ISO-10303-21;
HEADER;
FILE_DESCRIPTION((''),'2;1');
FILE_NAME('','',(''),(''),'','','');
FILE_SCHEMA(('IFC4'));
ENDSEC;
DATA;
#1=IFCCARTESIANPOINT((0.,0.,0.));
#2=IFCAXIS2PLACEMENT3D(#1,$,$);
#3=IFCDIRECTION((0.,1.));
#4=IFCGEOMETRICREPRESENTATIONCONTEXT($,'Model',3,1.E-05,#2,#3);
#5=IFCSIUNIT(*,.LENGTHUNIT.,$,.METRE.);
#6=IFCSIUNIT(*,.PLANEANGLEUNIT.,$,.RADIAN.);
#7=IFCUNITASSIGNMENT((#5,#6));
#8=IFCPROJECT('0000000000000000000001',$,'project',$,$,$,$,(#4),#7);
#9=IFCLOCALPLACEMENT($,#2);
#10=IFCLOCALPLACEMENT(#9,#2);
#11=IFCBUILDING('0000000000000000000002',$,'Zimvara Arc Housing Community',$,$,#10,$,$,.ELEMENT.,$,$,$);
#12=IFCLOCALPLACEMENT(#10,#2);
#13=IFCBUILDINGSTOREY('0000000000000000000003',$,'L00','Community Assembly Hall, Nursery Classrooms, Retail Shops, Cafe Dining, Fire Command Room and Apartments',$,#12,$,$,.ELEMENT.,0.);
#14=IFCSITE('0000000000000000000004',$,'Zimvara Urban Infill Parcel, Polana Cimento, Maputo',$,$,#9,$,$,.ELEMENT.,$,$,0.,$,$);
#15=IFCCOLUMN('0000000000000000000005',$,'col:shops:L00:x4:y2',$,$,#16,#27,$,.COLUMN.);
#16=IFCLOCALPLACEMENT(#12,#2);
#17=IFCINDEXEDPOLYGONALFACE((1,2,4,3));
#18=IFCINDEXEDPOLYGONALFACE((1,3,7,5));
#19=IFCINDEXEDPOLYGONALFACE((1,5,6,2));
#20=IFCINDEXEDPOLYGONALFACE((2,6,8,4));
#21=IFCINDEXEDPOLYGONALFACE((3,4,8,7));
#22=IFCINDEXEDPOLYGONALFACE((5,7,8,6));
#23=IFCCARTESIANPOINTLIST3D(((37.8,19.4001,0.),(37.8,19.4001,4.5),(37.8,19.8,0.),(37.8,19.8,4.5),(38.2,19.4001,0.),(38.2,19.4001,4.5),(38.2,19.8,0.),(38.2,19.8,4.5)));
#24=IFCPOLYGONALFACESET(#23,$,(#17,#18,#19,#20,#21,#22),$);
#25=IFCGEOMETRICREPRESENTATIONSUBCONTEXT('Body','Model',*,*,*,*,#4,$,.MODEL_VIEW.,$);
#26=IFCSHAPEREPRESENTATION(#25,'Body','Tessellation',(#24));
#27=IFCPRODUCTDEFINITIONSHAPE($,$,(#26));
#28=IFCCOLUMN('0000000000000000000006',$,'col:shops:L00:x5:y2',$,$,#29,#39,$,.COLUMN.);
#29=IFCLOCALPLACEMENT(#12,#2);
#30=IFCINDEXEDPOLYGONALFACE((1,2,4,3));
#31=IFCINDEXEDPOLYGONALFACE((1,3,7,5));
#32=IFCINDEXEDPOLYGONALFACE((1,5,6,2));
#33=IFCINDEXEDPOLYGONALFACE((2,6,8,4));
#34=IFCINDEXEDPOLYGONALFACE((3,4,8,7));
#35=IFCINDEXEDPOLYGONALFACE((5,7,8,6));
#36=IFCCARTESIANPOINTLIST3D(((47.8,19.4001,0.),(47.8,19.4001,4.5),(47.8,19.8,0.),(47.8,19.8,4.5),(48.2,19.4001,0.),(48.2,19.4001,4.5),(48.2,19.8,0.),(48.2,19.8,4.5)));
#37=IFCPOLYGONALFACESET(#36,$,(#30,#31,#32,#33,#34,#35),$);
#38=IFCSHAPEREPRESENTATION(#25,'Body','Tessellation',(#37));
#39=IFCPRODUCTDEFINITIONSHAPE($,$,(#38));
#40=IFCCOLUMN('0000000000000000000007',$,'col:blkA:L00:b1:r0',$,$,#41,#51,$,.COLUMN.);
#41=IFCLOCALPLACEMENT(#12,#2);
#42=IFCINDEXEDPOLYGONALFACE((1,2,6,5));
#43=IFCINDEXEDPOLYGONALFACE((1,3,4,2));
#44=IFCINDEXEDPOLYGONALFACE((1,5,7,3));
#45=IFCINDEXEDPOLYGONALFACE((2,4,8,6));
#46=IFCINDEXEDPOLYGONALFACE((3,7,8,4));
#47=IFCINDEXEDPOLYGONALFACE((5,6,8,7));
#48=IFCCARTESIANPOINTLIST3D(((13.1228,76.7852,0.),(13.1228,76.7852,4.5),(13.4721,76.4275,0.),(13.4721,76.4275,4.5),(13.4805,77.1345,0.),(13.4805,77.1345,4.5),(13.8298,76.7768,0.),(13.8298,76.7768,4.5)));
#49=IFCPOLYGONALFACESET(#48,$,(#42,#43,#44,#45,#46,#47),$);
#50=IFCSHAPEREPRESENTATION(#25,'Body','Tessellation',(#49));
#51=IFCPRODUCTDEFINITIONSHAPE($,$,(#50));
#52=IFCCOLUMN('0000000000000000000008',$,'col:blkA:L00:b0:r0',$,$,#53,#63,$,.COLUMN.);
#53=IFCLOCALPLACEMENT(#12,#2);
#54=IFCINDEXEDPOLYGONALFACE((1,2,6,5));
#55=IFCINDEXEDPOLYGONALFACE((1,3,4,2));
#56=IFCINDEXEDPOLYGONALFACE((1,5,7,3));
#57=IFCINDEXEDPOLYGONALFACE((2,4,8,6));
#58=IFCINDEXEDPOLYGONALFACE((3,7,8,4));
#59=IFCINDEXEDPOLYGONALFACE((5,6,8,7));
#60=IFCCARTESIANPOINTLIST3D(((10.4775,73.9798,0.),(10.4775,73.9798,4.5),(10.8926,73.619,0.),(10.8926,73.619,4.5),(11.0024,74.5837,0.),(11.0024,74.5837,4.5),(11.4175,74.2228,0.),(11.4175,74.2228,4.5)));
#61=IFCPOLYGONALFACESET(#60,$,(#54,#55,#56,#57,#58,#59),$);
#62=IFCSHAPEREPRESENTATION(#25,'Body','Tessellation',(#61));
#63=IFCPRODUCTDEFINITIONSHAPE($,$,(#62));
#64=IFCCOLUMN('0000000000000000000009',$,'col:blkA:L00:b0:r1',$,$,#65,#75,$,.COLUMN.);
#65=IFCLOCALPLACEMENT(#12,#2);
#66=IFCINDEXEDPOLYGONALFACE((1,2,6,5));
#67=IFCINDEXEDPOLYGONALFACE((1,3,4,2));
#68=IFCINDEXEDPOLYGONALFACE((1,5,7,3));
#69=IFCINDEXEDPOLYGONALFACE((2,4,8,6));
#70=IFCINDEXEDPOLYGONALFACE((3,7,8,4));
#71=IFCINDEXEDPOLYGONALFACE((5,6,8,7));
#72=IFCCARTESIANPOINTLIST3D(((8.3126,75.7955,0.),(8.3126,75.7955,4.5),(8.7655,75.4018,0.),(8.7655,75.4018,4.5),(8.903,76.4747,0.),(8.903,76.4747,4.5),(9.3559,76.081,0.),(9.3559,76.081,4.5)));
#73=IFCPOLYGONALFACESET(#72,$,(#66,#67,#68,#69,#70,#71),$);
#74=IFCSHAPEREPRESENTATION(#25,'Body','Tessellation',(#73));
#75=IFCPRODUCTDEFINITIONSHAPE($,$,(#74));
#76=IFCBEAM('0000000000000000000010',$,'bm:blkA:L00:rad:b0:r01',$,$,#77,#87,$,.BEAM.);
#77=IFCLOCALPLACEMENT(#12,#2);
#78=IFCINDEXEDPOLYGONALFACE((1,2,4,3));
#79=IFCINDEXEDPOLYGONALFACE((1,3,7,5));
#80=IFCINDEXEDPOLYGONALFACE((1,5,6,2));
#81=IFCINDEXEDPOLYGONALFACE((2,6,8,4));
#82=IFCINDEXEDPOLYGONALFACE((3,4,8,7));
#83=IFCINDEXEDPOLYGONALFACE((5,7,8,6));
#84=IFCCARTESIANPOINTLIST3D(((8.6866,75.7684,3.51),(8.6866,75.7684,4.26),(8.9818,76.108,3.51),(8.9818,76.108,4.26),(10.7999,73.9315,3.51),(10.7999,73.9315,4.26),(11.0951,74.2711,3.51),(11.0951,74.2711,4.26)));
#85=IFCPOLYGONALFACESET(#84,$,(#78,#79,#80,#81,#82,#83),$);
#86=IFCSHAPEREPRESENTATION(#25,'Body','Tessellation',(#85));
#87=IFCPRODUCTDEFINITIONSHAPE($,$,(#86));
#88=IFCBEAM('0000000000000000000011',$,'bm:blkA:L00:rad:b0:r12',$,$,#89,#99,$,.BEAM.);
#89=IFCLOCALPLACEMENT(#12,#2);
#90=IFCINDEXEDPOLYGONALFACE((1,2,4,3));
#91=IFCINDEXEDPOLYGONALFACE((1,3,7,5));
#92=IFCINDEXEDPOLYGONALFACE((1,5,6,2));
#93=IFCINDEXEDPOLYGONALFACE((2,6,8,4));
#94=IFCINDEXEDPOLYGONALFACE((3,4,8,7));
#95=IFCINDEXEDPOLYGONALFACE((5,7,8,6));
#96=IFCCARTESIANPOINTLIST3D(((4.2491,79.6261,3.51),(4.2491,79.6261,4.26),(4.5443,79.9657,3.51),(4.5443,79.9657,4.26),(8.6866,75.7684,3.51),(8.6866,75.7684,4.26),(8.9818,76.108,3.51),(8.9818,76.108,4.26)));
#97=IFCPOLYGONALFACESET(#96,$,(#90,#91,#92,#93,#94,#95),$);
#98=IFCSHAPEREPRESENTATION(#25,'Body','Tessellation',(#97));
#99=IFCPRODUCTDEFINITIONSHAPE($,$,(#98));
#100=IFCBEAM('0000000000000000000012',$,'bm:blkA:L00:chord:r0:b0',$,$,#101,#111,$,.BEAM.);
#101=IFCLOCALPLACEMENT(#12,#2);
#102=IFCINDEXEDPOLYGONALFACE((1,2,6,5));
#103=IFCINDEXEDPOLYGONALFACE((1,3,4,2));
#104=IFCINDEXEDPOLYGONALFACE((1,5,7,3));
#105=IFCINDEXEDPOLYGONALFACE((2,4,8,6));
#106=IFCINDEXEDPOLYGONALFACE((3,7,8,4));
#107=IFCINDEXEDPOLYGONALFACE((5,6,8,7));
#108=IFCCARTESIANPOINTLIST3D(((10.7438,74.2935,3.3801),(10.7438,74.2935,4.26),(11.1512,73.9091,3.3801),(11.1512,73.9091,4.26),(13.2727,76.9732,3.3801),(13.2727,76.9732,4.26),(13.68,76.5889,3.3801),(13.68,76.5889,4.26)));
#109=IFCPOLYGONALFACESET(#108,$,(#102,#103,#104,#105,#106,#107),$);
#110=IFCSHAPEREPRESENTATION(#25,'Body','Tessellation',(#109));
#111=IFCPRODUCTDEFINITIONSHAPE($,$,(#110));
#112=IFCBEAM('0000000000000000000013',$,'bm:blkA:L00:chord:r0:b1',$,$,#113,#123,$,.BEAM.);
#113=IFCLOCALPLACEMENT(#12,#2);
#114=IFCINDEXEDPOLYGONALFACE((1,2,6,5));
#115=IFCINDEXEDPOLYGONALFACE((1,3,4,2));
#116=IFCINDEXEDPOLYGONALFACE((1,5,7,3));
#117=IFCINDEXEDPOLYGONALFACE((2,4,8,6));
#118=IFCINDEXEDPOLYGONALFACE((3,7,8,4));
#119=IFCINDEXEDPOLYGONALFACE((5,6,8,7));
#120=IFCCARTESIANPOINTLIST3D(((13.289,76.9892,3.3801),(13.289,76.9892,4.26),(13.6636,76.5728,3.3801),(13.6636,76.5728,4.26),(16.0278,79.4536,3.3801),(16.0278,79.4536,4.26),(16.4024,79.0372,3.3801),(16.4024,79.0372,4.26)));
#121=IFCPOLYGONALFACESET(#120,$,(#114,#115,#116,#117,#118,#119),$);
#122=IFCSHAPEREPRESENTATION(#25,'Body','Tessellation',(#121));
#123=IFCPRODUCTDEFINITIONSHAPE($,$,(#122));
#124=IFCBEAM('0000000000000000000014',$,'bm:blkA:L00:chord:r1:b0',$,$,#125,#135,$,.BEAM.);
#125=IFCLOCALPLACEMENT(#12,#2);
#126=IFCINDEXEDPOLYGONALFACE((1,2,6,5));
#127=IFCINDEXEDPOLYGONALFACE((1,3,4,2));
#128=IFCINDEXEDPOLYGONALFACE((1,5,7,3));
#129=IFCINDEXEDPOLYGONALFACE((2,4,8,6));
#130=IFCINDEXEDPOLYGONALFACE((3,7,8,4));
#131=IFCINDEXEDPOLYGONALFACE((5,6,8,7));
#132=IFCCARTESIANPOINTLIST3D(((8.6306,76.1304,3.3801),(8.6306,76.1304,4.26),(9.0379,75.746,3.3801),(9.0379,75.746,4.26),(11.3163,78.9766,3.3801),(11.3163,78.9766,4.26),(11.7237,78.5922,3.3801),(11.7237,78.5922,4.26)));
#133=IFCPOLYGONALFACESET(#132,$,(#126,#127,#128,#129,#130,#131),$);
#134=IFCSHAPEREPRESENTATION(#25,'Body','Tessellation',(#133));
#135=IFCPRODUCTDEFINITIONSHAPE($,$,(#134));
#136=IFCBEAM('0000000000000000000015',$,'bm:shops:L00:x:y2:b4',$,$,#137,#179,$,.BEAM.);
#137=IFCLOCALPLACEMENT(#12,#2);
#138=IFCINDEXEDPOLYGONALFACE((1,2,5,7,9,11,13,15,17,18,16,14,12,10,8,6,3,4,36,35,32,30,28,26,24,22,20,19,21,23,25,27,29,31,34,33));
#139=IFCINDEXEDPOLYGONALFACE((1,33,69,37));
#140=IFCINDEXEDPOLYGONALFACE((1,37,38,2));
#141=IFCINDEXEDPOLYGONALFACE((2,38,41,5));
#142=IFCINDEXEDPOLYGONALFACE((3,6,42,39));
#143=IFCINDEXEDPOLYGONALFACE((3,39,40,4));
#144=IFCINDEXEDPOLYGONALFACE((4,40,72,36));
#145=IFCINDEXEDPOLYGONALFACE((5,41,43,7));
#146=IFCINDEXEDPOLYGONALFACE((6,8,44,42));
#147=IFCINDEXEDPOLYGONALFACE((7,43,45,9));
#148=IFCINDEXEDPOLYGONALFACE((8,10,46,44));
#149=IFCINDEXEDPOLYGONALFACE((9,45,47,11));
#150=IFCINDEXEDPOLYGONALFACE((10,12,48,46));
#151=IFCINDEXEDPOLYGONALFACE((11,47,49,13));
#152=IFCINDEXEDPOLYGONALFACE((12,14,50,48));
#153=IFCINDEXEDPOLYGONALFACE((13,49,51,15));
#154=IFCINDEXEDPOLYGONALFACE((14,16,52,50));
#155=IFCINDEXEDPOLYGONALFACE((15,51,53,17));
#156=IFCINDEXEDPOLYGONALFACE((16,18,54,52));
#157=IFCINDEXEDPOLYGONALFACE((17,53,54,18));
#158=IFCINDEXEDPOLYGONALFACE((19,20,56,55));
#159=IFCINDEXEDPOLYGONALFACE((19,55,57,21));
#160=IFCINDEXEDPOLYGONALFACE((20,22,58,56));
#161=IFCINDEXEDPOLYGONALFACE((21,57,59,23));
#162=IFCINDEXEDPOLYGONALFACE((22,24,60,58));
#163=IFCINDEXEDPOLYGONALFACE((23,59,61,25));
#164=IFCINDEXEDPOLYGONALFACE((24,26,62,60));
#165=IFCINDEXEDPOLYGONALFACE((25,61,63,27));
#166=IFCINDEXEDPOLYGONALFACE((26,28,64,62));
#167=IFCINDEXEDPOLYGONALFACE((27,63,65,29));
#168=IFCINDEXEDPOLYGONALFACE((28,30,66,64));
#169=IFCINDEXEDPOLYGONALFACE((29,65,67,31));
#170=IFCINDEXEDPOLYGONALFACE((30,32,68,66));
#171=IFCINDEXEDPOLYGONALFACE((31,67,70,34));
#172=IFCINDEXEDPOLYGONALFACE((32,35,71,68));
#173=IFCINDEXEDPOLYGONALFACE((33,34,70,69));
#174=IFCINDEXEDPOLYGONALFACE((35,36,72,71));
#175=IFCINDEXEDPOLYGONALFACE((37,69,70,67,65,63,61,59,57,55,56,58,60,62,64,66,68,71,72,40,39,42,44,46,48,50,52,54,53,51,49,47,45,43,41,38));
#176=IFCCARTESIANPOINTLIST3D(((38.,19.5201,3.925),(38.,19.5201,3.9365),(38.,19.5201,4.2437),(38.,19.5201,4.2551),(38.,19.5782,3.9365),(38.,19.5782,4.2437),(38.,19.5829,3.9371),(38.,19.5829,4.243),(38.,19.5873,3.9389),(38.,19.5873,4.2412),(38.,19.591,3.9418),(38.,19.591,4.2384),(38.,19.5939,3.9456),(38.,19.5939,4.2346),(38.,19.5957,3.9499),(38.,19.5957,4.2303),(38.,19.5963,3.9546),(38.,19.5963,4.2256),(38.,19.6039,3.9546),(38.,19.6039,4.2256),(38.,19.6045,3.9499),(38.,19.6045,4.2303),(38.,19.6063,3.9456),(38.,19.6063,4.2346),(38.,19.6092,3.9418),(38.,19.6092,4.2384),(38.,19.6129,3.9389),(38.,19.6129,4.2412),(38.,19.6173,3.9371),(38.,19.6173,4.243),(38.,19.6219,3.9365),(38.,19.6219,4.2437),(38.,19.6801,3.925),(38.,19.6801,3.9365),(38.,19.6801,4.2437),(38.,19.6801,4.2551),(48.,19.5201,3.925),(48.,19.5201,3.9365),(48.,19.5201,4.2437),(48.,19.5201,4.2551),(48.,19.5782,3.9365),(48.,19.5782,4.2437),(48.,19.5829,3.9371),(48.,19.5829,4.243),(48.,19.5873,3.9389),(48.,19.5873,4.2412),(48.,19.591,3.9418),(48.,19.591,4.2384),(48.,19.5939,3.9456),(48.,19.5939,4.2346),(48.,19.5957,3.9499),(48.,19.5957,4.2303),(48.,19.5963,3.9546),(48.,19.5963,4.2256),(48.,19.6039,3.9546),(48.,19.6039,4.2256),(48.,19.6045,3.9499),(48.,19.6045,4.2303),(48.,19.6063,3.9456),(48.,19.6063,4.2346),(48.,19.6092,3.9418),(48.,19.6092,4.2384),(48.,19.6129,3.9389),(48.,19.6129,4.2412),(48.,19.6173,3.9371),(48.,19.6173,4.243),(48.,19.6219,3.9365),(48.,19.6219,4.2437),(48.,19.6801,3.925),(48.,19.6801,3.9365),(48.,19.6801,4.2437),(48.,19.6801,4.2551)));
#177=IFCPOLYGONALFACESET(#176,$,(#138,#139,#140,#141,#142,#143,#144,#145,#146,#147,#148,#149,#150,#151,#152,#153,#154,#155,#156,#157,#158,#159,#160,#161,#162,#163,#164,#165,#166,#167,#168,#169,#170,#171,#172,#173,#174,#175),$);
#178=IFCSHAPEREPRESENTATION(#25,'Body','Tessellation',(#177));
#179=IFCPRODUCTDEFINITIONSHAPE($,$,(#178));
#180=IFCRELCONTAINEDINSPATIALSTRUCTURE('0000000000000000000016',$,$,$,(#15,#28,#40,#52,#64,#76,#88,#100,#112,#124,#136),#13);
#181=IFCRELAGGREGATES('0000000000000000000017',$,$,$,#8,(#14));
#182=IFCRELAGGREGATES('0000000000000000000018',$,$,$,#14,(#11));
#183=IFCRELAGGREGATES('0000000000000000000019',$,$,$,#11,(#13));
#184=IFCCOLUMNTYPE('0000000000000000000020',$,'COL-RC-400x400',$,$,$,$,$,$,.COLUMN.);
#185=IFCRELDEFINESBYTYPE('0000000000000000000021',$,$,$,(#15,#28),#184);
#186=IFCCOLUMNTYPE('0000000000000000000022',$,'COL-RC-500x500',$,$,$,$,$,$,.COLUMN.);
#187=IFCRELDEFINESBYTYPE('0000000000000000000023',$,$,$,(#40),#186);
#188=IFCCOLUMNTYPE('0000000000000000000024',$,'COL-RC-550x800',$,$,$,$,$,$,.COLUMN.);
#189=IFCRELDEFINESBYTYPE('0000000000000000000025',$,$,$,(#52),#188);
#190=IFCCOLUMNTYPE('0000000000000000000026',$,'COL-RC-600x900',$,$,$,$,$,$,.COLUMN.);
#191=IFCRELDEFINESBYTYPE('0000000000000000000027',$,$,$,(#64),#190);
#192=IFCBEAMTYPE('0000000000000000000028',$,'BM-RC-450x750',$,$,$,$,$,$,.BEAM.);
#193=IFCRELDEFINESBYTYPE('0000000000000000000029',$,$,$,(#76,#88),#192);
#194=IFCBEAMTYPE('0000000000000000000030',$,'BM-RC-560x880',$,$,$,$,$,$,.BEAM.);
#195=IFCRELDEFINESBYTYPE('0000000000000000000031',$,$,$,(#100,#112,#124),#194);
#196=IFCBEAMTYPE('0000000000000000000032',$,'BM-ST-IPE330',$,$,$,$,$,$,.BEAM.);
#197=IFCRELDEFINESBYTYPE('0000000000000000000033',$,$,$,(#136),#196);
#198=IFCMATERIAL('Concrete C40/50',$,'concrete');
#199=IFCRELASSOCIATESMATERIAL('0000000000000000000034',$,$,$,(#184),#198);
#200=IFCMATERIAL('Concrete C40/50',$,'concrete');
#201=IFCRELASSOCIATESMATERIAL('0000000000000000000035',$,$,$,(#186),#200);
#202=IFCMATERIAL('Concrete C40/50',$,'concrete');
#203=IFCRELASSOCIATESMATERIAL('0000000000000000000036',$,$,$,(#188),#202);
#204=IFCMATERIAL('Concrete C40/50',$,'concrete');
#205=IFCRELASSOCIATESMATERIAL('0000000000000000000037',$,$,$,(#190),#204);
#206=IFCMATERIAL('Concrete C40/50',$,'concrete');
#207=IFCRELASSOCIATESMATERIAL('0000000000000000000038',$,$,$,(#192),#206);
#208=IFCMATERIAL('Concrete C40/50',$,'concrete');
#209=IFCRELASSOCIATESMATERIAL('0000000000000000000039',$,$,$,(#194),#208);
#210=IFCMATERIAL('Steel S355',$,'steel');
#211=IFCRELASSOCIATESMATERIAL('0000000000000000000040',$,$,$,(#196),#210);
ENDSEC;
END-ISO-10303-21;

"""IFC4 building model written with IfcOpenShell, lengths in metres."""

from ifc_helpers import new_model, si_unit, direction, frame, origin, origin_2d, place, context, subcontext, project, spatial, rectangle, i_section, extrude, material, material_profile, profile_set, type_object, element, save


model = new_model("IFC4")

# Units and contexts
model_context = context("Model", 3, precision=1e-05, world=origin(), true_north=direction((0.0, 1.0)))
body_context = subcontext(model_context, "Body", "Model", "MODEL_VIEW")
ifc_project = project(units=[si_unit("LENGTHUNIT", "METRE"), si_unit("PLANEANGLEUNIT", "RADIAN")], contexts=[model_context])

# Site, building, storey
site_placement = place(None, origin())
site = spatial("IfcSite", under=ifc_project, at=site_placement, Name="Zimvara Urban Infill Parcel, Polana Cimento, Maputo", CompositionType="ELEMENT", RefElevation=0.0)
building_placement = place(site_placement, origin())
building = spatial("IfcBuilding", under=site, at=building_placement, Name="Zimvara Arc Housing Community", CompositionType="ELEMENT")
storey_placement = place(building_placement, origin())
storey = spatial("IfcBuildingStorey", under=building, at=storey_placement, Name="L00", Description="Community Assembly Hall, Nursery Classrooms, Retail Shops, Cafe Dining, Fire Command Room and Apartments", CompositionType="ELEMENT", Elevation=0.0)

# Columns
ifc_material_1 = material(Name="Concrete C40/50", Category="concrete")
ifc_material_profile_1 = material_profile(ifc_material_1, rectangle(XDim=0.3999, YDim=0.3999, at=origin_2d()), Name="RC 400x400")
ifc_profile_set_1 = profile_set([ifc_material_profile_1], Name="Concrete C40/50")
column_type_1 = type_object("IfcColumnType", Name="COL-RC-400x400", PredefinedType="COLUMN", material=ifc_profile_set_1)
for number, where, z_axis, x_axis, name in (
    (1, (38.0, 19.6001, 0.0), (0.0, 0.0, 1.0), (1.0, 0.0, 0.0), "col:shops:L00:x4:y2"),
    (2, (48.0, 19.6001, 0.0), (0.0, 0.0, 1.0), (1.0, 0.0, 0.0), "col:shops:L00:x5:y2"),
):
    element("IfcColumn", number, at=place(storey_placement, frame(where, z_axis=z_axis, x_axis=x_axis)), inside=storey, type_object=column_type_1, Name=name, PredefinedType="COLUMN", context=body_context, shape_type="SweptSolid", body=[
        extrude(rectangle(XDim=0.3999, YDim=0.3999, at=origin_2d()), origin(), (0.0, 0.0, 1.0), 4.5),
    ])
ifc_material_2 = material(Name="Concrete C40/50", Category="concrete")
ifc_material_profile_2 = material_profile(ifc_material_2, rectangle(XDim=0.5, YDim=0.5, at=origin_2d()), Name="RC 500x500")
ifc_profile_set_2 = profile_set([ifc_material_profile_2], Name="Concrete C40/50")
column_type_2 = type_object("IfcColumnType", Name="COL-RC-500x500", PredefinedType="COLUMN", material=ifc_profile_set_2)
column_1_placement = place(storey_placement, frame((13.4763, 76.781, 0.0), z_axis=(0.0, 0.0, 1.0), x_axis=(-0.698665, 0.715449, 0.0)))
element("IfcColumn", 3, at=column_1_placement, inside=storey, type_object=column_type_2, Name="col:blkA:L00:b1:r0", PredefinedType="COLUMN", context=body_context, shape_type="SweptSolid", body=[
    extrude(rectangle(XDim=0.5, YDim=0.5, at=origin_2d()), origin(), (0.0, 0.0, 1.0), 4.5),
])
ifc_material_3 = material(Name="Concrete C40/50", Category="concrete")
ifc_material_profile_3 = material_profile(ifc_material_3, rectangle(XDim=0.55, YDim=0.8, at=origin_2d()), Name="RC 550x800")
ifc_profile_set_3 = profile_set([ifc_material_profile_3], Name="Concrete C40/50")
column_type_3 = type_object("IfcColumnType", Name="COL-RC-550x800", PredefinedType="COLUMN", material=ifc_profile_set_3)
column_2_placement = place(storey_placement, frame((10.9475, 74.1013, 0.0), z_axis=(0.0, 0.0, 1.0), x_axis=(-0.75471, 0.656059, 0.0)))
element("IfcColumn", 4, at=column_2_placement, inside=storey, type_object=column_type_3, Name="col:blkA:L00:b0:r0", PredefinedType="COLUMN", context=body_context, shape_type="SweptSolid", body=[
    extrude(rectangle(XDim=0.55, YDim=0.8, at=origin_2d()), origin(), (0.0, 0.0, 1.0), 4.5),
])
ifc_material_4 = material(Name="Concrete C40/50", Category="concrete")
ifc_material_profile_4 = material_profile(ifc_material_4, rectangle(XDim=0.6001, YDim=0.8999, at=origin_2d()), Name="RC 600x900")
ifc_profile_set_4 = profile_set([ifc_material_profile_4], Name="Concrete C40/50")
column_type_4 = type_object("IfcColumnType", Name="COL-RC-600x900", PredefinedType="COLUMN", material=ifc_profile_set_4)
column_3_placement = place(storey_placement, frame((8.8342, 75.9382, 0.0), z_axis=(0.0, 0.0, 1.0), x_axis=(-0.75471, 0.656059, 0.0)))
element("IfcColumn", 5, at=column_3_placement, inside=storey, type_object=column_type_4, Name="col:blkA:L00:b0:r1", PredefinedType="COLUMN", context=body_context, shape_type="SweptSolid", body=[
    extrude(rectangle(XDim=0.6001, YDim=0.8999, at=origin_2d()), origin(), (0.0, 0.0, 1.0), 4.5),
])

# Beams
ifc_material_5 = material(Name="Concrete C40/50", Category="concrete")
ifc_material_profile_5 = material_profile(ifc_material_5, rectangle(XDim=0.45, YDim=0.75, at=origin_2d()), Name="RC 450x750")
ifc_profile_set_5 = profile_set([ifc_material_profile_5], Name="Concrete C40/50")
beam_type_1 = type_object("IfcBeamType", Name="BM-RC-450x750", PredefinedType="BEAM", material=ifc_profile_set_5)
beam_1_placement = place(storey_placement, frame((10.9475, 74.1013, 3.885), z_axis=(-0.754733, 0.656032, 0.0), x_axis=(-0.656032, -0.754733, 0.0)))
element("IfcBeam", 6, at=beam_1_placement, inside=storey, type_object=beam_type_1, Name="bm:blkA:L00:rad:b0:r01", PredefinedType="BEAM", context=body_context, shape_type="SweptSolid", body=[
    extrude(rectangle(XDim=0.45, YDim=0.75, at=origin_2d()), origin(), (0.0, 0.0, 1.0), 2.8),
])
beam_2_placement = place(storey_placement, frame((8.8342, 75.9382, 3.885), z_axis=(-0.754692, 0.656079, 0.0), x_axis=(-0.656079, -0.754692, 0.0)))
element("IfcBeam", 7, at=beam_2_placement, inside=storey, type_object=beam_type_1, Name="bm:blkA:L00:rad:b0:r12", PredefinedType="BEAM", context=body_context, shape_type="SweptSolid", body=[
    extrude(rectangle(XDim=0.45, YDim=0.75, at=origin_2d()), origin(), (0.0, 0.0, 1.0), 5.8799),
])
ifc_material_6 = material(Name="Concrete C40/50", Category="concrete")
ifc_material_profile_6 = material_profile(ifc_material_6, rectangle(XDim=0.5601, YDim=0.8799, at=origin_2d()), Name="RC 560x880")
ifc_profile_set_6 = profile_set([ifc_material_profile_6], Name="Concrete C40/50")
beam_type_2 = type_object("IfcBeamType", Name="BM-RC-560x880", PredefinedType="BEAM", material=ifc_profile_set_6)
beam_3_placement = place(storey_placement, frame((10.9475, 74.1013, 3.8201), z_axis=(0.686336, 0.727285, 0.0), x_axis=(-0.727285, 0.686336, 0.0)))
element("IfcBeam", 8, at=beam_3_placement, inside=storey, type_object=beam_type_2, Name="bm:blkA:L00:chord:r0:b0", PredefinedType="BEAM", context=body_context, shape_type="SweptSolid", body=[
    extrude(rectangle(XDim=0.5601, YDim=0.8799, at=origin_2d()), origin(), (0.0, 0.0, 1.0), 3.6846),
])
beam_4_placement = place(storey_placement, frame((13.4763, 76.781, 3.8201), z_axis=(0.743367, 0.668884, 0.0), x_axis=(-0.668884, 0.743367, 0.0)))
element("IfcBeam", 9, at=beam_4_placement, inside=storey, type_object=beam_type_2, Name="bm:blkA:L00:chord:r0:b1", PredefinedType="BEAM", context=body_context, shape_type="SweptSolid", body=[
    extrude(rectangle(XDim=0.5601, YDim=0.8799, at=origin_2d()), origin(), (0.0, 0.0, 1.0), 3.6843),
])
beam_5_placement = place(storey_placement, frame((8.8342, 75.9382, 3.8201), z_axis=(0.686316, 0.727304, 0.0), x_axis=(-0.727304, 0.686316, 0.0)))
element("IfcBeam", 10, at=beam_5_placement, inside=storey, type_object=beam_type_2, Name="bm:blkA:L00:chord:r1:b0", PredefinedType="BEAM", context=body_context, shape_type="SweptSolid", body=[
    extrude(rectangle(XDim=0.5601, YDim=0.8799, at=origin_2d()), origin(), (0.0, 0.0, 1.0), 3.9133),
])
ifc_material_7 = material(Name="Steel S355", Category="steel")
ifc_material_profile_7 = material_profile(ifc_material_7, i_section(OverallWidth=0.1599, OverallDepth=0.3301, WebThickness=0.0076, FlangeThickness=0.0115, FilletRadius=0.0181, at=origin_2d()), Name="IPE 330")
ifc_profile_set_7 = profile_set([ifc_material_profile_7], Name="Steel S355")
beam_type_3 = type_object("IfcBeamType", Name="BM-ST-IPE330", PredefinedType="BEAM", material=ifc_profile_set_7)
for number, where, z_axis, x_axis, name in (
    (11, (38.0, 19.6001, 4.0901), (1.0, 0.0, 0.0), (0.0, 1.0, 0.0), "bm:shops:L00:x:y2:b4"),
):
    element("IfcBeam", number, at=place(storey_placement, frame(where, z_axis=z_axis, x_axis=x_axis)), inside=storey, type_object=beam_type_3, Name=name, PredefinedType="BEAM", context=body_context, shape_type="SweptSolid", body=[
        extrude(i_section(OverallWidth=0.1599, OverallDepth=0.3301, WebThickness=0.0076, FlangeThickness=0.0115, FilletRadius=0.0181, at=origin_2d()), origin(), (0.0, 0.0, 1.0), 10.0),
    ])

save(model, "model.ifc")
